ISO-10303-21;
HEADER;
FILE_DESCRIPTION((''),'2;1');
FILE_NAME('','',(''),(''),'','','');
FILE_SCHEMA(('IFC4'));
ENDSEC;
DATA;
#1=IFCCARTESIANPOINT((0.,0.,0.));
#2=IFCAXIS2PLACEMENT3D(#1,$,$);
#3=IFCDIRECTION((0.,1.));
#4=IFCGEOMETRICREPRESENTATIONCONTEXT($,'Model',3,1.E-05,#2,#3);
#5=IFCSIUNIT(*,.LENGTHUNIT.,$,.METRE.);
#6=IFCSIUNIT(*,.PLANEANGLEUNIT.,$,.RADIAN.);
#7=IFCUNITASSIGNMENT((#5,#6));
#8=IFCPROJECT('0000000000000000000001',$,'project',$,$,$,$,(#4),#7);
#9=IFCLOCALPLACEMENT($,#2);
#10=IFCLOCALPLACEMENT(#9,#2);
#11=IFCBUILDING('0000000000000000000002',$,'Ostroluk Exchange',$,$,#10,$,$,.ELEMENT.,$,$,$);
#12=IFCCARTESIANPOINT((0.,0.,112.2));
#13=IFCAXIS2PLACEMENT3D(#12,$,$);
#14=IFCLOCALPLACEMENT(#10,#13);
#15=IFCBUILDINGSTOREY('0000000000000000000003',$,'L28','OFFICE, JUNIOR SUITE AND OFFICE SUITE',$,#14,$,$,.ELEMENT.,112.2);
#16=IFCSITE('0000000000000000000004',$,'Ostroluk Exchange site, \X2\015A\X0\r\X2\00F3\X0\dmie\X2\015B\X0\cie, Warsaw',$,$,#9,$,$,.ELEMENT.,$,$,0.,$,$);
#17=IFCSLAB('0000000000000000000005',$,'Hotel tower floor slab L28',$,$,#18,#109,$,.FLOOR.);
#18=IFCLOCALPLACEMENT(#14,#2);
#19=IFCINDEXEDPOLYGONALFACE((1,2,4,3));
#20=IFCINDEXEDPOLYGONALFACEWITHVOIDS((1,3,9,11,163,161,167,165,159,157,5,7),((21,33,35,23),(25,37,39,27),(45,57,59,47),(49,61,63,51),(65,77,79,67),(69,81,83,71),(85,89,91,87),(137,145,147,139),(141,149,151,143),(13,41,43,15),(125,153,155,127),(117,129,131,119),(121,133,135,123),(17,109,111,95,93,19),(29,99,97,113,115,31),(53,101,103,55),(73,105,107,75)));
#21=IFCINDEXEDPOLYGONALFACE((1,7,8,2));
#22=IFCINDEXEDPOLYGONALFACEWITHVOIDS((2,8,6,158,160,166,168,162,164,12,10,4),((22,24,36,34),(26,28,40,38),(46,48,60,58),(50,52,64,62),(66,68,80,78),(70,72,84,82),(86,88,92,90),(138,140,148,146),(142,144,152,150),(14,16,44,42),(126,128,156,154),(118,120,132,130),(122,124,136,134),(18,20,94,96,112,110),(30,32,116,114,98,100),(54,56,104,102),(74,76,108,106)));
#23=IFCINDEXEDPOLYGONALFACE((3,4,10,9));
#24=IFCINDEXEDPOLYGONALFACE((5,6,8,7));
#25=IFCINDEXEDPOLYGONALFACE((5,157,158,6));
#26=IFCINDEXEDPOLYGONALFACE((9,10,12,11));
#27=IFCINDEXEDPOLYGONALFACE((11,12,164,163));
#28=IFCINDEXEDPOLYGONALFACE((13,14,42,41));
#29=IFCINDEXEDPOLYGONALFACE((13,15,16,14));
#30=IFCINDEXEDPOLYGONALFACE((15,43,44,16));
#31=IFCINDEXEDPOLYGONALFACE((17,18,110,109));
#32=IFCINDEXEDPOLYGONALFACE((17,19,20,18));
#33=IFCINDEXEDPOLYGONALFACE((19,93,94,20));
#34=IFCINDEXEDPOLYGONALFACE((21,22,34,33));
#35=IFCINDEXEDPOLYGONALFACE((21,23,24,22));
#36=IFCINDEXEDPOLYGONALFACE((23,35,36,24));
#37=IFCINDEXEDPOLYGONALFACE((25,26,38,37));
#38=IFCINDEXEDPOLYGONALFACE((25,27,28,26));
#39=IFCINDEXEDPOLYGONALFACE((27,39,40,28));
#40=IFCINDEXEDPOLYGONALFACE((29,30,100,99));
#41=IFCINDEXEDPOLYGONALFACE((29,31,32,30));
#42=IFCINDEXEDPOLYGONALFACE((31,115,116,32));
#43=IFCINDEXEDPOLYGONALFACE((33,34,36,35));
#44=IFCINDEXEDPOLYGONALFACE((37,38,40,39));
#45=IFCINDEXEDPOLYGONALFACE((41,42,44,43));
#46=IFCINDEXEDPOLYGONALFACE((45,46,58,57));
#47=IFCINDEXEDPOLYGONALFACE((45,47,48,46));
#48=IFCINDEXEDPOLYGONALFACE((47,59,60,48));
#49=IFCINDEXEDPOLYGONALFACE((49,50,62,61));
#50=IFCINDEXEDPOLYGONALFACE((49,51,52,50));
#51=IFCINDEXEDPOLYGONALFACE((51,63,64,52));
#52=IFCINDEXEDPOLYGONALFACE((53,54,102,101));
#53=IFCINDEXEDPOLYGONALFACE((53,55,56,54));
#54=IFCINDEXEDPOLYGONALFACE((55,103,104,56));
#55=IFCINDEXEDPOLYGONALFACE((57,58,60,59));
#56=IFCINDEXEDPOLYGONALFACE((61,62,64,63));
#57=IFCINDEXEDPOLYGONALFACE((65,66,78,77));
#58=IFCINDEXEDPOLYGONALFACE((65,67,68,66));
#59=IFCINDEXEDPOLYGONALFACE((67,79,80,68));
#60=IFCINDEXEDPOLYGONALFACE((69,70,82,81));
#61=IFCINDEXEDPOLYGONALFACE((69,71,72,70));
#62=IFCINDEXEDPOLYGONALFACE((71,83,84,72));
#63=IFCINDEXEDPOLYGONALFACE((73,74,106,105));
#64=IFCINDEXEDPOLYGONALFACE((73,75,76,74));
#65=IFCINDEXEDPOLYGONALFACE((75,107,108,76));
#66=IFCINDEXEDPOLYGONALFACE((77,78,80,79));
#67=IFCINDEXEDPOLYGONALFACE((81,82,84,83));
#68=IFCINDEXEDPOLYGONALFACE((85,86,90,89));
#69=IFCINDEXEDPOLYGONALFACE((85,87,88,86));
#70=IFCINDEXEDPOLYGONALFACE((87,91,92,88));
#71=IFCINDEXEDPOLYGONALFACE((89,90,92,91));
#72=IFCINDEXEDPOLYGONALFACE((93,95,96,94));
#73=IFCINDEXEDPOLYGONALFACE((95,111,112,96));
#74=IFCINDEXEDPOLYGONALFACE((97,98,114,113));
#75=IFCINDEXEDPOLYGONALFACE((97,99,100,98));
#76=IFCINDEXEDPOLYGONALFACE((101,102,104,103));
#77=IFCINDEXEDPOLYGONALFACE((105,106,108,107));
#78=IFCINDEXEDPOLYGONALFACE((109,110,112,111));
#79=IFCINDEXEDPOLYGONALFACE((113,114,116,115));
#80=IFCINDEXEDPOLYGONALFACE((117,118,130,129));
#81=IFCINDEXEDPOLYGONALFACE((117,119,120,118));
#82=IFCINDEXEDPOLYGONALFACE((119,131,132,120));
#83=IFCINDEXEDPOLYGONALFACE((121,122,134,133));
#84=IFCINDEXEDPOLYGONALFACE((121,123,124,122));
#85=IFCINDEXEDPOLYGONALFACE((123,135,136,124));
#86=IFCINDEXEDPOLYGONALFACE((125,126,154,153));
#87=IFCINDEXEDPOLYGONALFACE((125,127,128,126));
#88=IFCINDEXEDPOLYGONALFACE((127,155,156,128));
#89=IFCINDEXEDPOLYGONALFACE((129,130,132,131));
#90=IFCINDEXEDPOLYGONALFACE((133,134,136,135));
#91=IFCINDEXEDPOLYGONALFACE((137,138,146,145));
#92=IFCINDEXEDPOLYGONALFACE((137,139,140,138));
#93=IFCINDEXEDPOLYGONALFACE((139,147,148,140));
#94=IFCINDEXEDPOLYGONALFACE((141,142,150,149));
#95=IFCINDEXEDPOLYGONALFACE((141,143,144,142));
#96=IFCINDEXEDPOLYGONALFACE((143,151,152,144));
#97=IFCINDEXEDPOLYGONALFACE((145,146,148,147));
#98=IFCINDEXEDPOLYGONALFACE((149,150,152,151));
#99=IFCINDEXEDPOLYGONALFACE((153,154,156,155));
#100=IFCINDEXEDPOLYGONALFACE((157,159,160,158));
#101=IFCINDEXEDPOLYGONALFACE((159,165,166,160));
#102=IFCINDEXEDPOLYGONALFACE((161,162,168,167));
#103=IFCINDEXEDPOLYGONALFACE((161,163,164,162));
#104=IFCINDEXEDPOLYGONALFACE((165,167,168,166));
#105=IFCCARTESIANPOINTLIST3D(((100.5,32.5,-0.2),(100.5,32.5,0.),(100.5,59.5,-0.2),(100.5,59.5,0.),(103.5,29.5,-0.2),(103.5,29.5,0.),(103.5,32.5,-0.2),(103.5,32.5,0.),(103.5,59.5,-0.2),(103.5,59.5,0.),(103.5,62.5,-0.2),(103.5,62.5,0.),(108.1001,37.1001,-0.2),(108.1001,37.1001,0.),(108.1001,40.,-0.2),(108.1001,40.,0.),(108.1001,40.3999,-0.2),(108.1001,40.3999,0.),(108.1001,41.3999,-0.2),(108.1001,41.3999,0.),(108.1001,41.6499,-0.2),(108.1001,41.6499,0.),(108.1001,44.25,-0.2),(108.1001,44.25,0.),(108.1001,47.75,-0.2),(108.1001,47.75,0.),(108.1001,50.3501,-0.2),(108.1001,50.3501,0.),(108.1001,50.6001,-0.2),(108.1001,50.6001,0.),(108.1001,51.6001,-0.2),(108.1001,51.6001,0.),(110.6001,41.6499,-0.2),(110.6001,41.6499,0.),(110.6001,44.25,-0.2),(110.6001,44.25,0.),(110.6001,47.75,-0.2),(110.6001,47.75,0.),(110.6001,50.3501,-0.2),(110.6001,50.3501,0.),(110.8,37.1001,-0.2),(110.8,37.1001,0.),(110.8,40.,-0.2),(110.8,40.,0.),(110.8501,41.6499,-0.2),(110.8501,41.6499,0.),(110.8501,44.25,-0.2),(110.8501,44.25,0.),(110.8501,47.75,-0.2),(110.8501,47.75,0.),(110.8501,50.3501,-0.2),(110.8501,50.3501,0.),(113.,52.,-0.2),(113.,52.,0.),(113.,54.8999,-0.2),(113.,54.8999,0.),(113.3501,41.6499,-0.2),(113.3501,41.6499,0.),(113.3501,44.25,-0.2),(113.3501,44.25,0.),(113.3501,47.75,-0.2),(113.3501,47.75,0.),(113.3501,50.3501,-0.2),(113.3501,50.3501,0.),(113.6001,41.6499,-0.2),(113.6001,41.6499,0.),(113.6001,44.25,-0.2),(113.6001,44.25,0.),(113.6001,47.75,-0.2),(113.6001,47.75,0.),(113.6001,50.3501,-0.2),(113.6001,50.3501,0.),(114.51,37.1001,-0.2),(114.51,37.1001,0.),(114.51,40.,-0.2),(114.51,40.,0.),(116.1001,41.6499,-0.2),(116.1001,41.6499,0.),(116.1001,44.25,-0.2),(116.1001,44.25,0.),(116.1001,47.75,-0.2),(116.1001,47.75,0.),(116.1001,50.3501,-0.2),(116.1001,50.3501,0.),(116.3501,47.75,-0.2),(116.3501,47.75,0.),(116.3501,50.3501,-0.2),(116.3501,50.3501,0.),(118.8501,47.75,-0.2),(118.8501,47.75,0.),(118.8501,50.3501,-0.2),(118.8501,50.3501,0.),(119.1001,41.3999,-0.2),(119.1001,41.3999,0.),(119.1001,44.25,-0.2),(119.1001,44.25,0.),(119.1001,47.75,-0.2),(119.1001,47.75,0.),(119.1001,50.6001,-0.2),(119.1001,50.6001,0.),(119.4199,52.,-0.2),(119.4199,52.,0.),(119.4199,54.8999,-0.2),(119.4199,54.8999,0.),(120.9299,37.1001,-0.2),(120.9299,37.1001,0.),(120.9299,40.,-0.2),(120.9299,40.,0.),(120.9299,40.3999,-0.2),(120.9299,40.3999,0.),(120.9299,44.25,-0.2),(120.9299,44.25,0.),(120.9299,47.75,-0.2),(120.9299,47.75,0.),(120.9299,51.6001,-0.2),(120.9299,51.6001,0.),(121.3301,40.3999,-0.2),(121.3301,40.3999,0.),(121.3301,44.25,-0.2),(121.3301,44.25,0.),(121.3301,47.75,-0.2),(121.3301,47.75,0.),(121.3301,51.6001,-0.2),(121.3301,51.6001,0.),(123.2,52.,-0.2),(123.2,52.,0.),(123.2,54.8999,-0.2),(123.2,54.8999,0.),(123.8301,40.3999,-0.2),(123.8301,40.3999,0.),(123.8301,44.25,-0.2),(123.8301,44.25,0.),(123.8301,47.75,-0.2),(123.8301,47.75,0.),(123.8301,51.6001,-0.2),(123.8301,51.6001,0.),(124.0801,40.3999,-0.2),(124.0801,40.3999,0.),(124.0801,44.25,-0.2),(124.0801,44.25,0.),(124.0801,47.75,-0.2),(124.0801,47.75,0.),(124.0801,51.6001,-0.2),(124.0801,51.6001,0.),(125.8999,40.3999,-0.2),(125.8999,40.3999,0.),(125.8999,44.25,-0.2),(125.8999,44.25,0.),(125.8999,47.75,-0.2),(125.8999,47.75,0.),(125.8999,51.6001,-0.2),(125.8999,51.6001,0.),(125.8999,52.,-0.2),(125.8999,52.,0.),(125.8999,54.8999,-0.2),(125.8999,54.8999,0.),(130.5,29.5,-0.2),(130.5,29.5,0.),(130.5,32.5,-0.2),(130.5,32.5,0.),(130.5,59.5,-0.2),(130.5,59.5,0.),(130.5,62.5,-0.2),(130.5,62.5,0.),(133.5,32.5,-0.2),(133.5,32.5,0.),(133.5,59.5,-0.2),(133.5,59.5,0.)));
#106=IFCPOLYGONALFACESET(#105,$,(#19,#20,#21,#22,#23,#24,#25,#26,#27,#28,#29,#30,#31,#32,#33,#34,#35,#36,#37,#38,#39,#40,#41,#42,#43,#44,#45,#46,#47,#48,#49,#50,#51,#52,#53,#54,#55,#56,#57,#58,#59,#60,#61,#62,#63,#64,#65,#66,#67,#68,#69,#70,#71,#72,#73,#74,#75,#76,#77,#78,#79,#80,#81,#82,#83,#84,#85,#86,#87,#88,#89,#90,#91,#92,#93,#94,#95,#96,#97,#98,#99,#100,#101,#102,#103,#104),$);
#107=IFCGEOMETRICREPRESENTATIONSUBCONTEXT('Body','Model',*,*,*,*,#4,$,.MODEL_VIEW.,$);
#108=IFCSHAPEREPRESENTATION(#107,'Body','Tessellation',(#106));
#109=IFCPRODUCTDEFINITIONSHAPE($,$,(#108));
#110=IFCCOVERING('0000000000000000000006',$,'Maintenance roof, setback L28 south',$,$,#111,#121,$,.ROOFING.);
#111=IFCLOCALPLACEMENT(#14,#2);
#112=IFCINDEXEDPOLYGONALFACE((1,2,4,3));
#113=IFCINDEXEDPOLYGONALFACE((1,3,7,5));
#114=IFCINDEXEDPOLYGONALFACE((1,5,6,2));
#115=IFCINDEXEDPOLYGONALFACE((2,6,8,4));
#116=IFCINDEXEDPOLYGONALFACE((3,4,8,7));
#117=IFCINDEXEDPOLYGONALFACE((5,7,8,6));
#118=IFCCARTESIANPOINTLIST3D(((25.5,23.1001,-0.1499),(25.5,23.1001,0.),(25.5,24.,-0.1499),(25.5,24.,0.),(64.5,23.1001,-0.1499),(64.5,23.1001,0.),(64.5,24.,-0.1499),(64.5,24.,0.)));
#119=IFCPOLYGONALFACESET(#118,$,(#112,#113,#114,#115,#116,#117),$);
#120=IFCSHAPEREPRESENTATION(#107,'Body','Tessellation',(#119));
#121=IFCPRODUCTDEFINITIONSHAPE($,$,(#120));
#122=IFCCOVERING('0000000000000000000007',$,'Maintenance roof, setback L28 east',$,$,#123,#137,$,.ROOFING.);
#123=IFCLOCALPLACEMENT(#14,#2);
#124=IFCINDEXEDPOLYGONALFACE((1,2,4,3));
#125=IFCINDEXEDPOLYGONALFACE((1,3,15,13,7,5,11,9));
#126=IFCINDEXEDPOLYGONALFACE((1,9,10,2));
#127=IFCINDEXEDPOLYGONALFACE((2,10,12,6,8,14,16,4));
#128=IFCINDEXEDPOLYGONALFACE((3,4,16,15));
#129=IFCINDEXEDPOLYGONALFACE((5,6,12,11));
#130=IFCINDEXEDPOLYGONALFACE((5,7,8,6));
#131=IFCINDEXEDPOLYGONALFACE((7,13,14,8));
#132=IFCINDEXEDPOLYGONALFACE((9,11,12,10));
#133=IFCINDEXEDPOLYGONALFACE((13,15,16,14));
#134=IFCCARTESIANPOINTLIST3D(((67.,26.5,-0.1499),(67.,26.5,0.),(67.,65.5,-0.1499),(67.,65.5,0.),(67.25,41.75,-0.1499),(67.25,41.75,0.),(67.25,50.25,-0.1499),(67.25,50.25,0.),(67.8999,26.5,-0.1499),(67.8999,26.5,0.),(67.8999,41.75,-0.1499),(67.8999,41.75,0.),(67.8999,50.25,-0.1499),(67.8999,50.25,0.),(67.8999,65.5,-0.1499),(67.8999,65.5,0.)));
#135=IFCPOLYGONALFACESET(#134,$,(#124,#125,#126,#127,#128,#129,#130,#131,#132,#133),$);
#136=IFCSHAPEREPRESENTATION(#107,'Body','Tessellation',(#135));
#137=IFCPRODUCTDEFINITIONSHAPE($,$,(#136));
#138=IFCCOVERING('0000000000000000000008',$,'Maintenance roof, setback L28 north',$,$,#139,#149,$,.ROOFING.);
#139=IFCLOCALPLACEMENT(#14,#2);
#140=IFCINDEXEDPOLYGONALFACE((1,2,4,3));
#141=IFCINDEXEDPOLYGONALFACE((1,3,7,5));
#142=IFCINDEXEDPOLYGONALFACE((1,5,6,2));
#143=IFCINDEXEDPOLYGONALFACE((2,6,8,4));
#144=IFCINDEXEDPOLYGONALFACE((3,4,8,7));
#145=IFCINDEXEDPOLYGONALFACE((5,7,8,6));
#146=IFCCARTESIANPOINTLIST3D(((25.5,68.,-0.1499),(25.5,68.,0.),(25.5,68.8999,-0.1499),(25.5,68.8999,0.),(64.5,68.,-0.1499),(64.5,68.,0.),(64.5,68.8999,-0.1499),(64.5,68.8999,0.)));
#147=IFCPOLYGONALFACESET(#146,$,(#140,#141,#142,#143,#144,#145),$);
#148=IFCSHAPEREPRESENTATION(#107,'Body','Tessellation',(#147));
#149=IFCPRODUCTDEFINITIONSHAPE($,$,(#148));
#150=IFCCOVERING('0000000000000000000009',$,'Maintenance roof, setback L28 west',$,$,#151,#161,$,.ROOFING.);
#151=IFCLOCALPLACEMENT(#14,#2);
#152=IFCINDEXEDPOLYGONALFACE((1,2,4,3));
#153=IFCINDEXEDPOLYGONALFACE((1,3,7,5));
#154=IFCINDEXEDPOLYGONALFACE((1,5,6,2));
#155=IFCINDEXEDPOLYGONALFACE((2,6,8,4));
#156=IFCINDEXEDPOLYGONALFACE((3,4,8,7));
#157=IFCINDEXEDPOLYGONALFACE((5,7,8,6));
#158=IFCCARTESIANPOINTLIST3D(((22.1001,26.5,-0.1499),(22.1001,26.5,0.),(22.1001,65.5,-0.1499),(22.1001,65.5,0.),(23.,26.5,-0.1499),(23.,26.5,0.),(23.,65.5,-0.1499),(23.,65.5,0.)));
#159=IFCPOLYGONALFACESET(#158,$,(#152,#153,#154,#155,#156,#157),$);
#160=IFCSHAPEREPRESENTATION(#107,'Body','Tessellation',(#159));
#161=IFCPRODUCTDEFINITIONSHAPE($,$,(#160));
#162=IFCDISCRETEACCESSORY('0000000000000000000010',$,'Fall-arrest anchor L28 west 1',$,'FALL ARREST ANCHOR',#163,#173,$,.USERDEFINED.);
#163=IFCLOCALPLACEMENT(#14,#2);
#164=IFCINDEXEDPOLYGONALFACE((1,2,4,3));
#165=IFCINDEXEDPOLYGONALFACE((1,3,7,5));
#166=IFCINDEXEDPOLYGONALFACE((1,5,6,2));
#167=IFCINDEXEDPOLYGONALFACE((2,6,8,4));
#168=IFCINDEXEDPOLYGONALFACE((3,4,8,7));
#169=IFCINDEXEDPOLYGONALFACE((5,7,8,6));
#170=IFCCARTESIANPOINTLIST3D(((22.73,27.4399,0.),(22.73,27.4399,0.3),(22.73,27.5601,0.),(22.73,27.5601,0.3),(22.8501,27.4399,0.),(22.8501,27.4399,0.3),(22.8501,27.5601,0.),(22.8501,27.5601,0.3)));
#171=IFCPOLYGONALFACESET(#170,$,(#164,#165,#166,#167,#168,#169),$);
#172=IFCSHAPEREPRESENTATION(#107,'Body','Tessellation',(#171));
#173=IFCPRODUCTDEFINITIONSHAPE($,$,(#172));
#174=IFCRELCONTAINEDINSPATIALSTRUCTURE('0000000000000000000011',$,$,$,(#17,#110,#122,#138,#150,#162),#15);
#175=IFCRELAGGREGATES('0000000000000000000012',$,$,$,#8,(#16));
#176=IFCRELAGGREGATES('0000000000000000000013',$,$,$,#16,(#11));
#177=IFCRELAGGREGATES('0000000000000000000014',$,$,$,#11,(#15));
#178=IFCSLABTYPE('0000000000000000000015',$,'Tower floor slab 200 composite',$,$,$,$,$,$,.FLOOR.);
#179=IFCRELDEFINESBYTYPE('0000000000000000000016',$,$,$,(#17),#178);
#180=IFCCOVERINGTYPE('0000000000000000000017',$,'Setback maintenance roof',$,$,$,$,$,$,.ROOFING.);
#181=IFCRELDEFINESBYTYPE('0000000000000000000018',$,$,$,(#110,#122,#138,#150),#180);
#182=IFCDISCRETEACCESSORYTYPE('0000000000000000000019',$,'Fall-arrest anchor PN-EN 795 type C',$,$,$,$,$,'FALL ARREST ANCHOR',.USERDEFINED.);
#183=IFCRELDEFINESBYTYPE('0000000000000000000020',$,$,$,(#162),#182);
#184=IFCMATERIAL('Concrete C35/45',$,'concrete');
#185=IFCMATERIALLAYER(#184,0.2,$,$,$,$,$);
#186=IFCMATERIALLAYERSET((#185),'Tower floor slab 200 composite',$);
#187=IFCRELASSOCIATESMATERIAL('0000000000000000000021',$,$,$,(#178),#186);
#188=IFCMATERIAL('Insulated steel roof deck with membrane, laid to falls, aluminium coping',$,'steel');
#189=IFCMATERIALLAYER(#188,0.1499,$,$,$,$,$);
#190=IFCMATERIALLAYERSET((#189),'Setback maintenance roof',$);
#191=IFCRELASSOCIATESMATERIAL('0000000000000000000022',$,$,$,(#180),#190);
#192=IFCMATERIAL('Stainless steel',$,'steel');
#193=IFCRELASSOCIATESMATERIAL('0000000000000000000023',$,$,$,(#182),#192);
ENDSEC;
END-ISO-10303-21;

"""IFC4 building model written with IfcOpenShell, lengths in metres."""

from ifc_helpers import new_model, si_unit, direction, frame, origin, origin_2d, place, context, subcontext, project, spatial, polyline, rectangle, outline, extrude, material, layer, layer_set, type_object, element, save


model = new_model("IFC4")

# Units and contexts
model_context = context("Model", 3, precision=1e-05, world=origin(), true_north=direction((0.0, 1.0)))
body_context = subcontext(model_context, "Body", "Model", "MODEL_VIEW")
ifc_project = project(units=[si_unit("LENGTHUNIT", "METRE"), si_unit("PLANEANGLEUNIT", "RADIAN")], contexts=[model_context])

# Site, building, storey
site_placement = place(None, origin())
site = spatial("IfcSite", under=ifc_project, at=site_placement, Name="Ostroluk Exchange site, Śródmieście, Warsaw", CompositionType="ELEMENT", RefElevation=0.0)
building_placement = place(site_placement, origin())
building = spatial("IfcBuilding", under=site, at=building_placement, Name="Ostroluk Exchange", CompositionType="ELEMENT")
storey_placement = place(building_placement, frame((0.0, 0.0, 112.2)))
storey = spatial("IfcBuildingStorey", under=building, at=storey_placement, Name="L28", Description="OFFICE, JUNIOR SUITE AND OFFICE SUITE", CompositionType="ELEMENT", Elevation=112.2)

# Slab
ifc_material_1 = material(Name="Concrete C35/45", Category="concrete")
ifc_layer_1 = layer(ifc_material_1, 0.2)
ifc_layer_set_1 = layer_set([ifc_layer_1], Name="Tower floor slab 200 composite")
slab_type_1 = type_object("IfcSlabType", Name="Tower floor slab 200 composite", PredefinedType="FLOOR", material=ifc_layer_set_1)
slab_1_placement = place(storey_placement, frame((0.0, 0.0, -0.2)))
element("IfcSlab", 1, at=slab_1_placement, inside=storey, type_object=slab_type_1, Name="Hotel tower floor slab L28", PredefinedType="FLOOR", context=body_context, shape_type="SweptSolid", body=[
    extrude(outline(polyline([(103.5, 29.5), (130.5, 29.5), (130.5, 32.5), (133.5, 32.5), (133.5, 59.5), (130.5, 59.5), (130.5, 62.5), (103.5, 62.5), (103.5, 59.5), (100.5, 59.5), (100.5, 32.5), (103.5, 32.5), (103.5, 29.5)]), holes=[polyline([(108.1001, 37.1001), (110.8, 37.1001), (110.8, 40.0), (108.1001, 40.0), (108.1001, 37.1001)]), polyline([(114.51, 37.1001), (120.9299, 37.1001), (120.9299, 40.0), (114.51, 40.0), (114.51, 37.1001)]), polyline([(113.0, 52.0), (119.4199, 52.0), (119.4199, 54.8999), (113.0, 54.8999), (113.0, 52.0)]), polyline([(123.2, 52.0), (125.8999, 52.0), (125.8999, 54.8999), (123.2, 54.8999), (123.2, 52.0)]), polyline([(108.1001, 47.75), (110.6001, 47.75), (110.6001, 50.3501), (108.1001, 50.3501), (108.1001, 47.75)]), polyline([(110.8501, 47.75), (113.3501, 47.75), (113.3501, 50.3501), (110.8501, 50.3501), (110.8501, 47.75)]), polyline([(113.6001, 47.75), (116.1001, 47.75), (116.1001, 50.3501), (113.6001, 50.3501), (113.6001, 47.75)]), polyline([(116.3501, 47.75), (118.8501, 47.75), (118.8501, 50.3501), (116.3501, 50.3501), (116.3501, 47.75)]), polyline([(108.1001, 41.6499), (110.6001, 41.6499), (110.6001, 44.25), (108.1001, 44.25), (108.1001, 41.6499)]), polyline([(110.8501, 41.6499), (113.3501, 41.6499), (113.3501, 44.25), (110.8501, 44.25), (110.8501, 41.6499)]), polyline([(113.6001, 41.6499), (116.1001, 41.6499), (116.1001, 44.25), (113.6001, 44.25), (113.6001, 41.6499)]), polyline([(121.3301, 47.75), (123.8301, 47.75), (123.8301, 51.6001), (121.3301, 51.6001), (121.3301, 47.75)]), polyline([(121.3301, 40.3999), (123.8301, 40.3999), (123.8301, 44.25), (121.3301, 44.25), (121.3301, 40.3999)]), polyline([(120.9299, 51.6001), (120.9299, 47.75), (119.1001, 47.75), (119.1001, 50.6001), (108.1001, 50.6001), (108.1001, 51.6001), (120.9299, 51.6001)]), polyline([(108.1001, 40.3999), (108.1001, 41.3999), (119.1001, 41.3999), (119.1001, 44.25), (120.9299, 44.25), (120.9299, 40.3999), (108.1001, 40.3999)]), polyline([(124.0801, 47.75), (125.8999, 47.75), (125.8999, 51.6001), (124.0801, 51.6001), (124.0801, 47.75)]), polyline([(124.0801, 40.3999), (125.8999, 40.3999), (125.8999, 44.25), (124.0801, 44.25), (124.0801, 40.3999)])]), origin(), (0.0, 0.0, 1.0), 0.2),
])

# Coverings
ifc_material_2 = material(Name="Insulated steel roof deck with membrane, laid to falls, aluminium coping", Category="steel")
ifc_layer_2 = layer(ifc_material_2, 0.1499)
ifc_layer_set_2 = layer_set([ifc_layer_2], Name="Setback maintenance roof")
covering_type = type_object("IfcCoveringType", Name="Setback maintenance roof", PredefinedType="ROOFING", material=ifc_layer_set_2)
covering_1_placement = place(storey_placement, frame((0.0, 0.0, -0.1499)))
element("IfcCovering", 2, at=covering_1_placement, inside=storey, type_object=covering_type, Name="Maintenance roof, setback L28 south", PredefinedType="ROOFING", context=body_context, shape_type="SweptSolid", body=[
    extrude(outline(polyline([(25.5, 24.0), (64.5, 24.0), (64.5, 23.1001), (25.5, 23.1001), (25.5, 24.0)])), origin(), (0.0, 0.0, 1.0), 0.1499),
])
covering_2_placement = place(storey_placement, frame((0.0, 0.0, -0.1499)))
element("IfcCovering", 3, at=covering_2_placement, inside=storey, type_object=covering_type, Name="Maintenance roof, setback L28 east", PredefinedType="ROOFING", context=body_context, shape_type="SweptSolid", body=[
    extrude(outline(polyline([(67.0, 65.5), (67.8999, 65.5), (67.8999, 50.25), (67.25, 50.25), (67.25, 41.75), (67.8999, 41.75), (67.8999, 26.5), (67.0, 26.5), (67.0, 65.5)])), origin(), (0.0, 0.0, 1.0), 0.1499),
])
covering_3_placement = place(storey_placement, frame((0.0, 0.0, -0.1499)))
element("IfcCovering", 4, at=covering_3_placement, inside=storey, type_object=covering_type, Name="Maintenance roof, setback L28 north", PredefinedType="ROOFING", context=body_context, shape_type="SweptSolid", body=[
    extrude(outline(polyline([(25.5, 68.8999), (64.5, 68.8999), (64.5, 68.0), (25.5, 68.0), (25.5, 68.8999)])), origin(), (0.0, 0.0, 1.0), 0.1499),
])
covering_4_placement = place(storey_placement, frame((0.0, 0.0, -0.1499)))
element("IfcCovering", 5, at=covering_4_placement, inside=storey, type_object=covering_type, Name="Maintenance roof, setback L28 west", PredefinedType="ROOFING", context=body_context, shape_type="SweptSolid", body=[
    extrude(outline(polyline([(22.1001, 65.5), (23.0, 65.5), (23.0, 26.5), (22.1001, 26.5), (22.1001, 65.5)])), origin(), (0.0, 0.0, 1.0), 0.1499),
])

# Discrete accessory
ifc_material_3 = material(Name="Stainless steel", Category="steel")
discrete_accessory_type = type_object("IfcDiscreteAccessoryType", Name="Fall-arrest anchor PN-EN 795 type C", ElementType="FALL ARREST ANCHOR", PredefinedType="USERDEFINED", material=ifc_material_3)
discrete_accessory_placement = place(storey_placement, frame((22.79, 27.5, 0.0), z_axis=(0.0, 0.0, 1.0), x_axis=(1.0, 0.0, 0.0)))
element("IfcDiscreteAccessory", 6, at=discrete_accessory_placement, inside=storey, type_object=discrete_accessory_type, Name="Fall-arrest anchor L28 west 1", ObjectType="FALL ARREST ANCHOR", PredefinedType="USERDEFINED", context=body_context, shape_type="SweptSolid", body=[
    extrude(rectangle(XDim=0.1201, YDim=0.1201, at=origin_2d()), origin(), (0.0, 0.0, 1.0), 0.3),
])

save(model, "model.ifc")
